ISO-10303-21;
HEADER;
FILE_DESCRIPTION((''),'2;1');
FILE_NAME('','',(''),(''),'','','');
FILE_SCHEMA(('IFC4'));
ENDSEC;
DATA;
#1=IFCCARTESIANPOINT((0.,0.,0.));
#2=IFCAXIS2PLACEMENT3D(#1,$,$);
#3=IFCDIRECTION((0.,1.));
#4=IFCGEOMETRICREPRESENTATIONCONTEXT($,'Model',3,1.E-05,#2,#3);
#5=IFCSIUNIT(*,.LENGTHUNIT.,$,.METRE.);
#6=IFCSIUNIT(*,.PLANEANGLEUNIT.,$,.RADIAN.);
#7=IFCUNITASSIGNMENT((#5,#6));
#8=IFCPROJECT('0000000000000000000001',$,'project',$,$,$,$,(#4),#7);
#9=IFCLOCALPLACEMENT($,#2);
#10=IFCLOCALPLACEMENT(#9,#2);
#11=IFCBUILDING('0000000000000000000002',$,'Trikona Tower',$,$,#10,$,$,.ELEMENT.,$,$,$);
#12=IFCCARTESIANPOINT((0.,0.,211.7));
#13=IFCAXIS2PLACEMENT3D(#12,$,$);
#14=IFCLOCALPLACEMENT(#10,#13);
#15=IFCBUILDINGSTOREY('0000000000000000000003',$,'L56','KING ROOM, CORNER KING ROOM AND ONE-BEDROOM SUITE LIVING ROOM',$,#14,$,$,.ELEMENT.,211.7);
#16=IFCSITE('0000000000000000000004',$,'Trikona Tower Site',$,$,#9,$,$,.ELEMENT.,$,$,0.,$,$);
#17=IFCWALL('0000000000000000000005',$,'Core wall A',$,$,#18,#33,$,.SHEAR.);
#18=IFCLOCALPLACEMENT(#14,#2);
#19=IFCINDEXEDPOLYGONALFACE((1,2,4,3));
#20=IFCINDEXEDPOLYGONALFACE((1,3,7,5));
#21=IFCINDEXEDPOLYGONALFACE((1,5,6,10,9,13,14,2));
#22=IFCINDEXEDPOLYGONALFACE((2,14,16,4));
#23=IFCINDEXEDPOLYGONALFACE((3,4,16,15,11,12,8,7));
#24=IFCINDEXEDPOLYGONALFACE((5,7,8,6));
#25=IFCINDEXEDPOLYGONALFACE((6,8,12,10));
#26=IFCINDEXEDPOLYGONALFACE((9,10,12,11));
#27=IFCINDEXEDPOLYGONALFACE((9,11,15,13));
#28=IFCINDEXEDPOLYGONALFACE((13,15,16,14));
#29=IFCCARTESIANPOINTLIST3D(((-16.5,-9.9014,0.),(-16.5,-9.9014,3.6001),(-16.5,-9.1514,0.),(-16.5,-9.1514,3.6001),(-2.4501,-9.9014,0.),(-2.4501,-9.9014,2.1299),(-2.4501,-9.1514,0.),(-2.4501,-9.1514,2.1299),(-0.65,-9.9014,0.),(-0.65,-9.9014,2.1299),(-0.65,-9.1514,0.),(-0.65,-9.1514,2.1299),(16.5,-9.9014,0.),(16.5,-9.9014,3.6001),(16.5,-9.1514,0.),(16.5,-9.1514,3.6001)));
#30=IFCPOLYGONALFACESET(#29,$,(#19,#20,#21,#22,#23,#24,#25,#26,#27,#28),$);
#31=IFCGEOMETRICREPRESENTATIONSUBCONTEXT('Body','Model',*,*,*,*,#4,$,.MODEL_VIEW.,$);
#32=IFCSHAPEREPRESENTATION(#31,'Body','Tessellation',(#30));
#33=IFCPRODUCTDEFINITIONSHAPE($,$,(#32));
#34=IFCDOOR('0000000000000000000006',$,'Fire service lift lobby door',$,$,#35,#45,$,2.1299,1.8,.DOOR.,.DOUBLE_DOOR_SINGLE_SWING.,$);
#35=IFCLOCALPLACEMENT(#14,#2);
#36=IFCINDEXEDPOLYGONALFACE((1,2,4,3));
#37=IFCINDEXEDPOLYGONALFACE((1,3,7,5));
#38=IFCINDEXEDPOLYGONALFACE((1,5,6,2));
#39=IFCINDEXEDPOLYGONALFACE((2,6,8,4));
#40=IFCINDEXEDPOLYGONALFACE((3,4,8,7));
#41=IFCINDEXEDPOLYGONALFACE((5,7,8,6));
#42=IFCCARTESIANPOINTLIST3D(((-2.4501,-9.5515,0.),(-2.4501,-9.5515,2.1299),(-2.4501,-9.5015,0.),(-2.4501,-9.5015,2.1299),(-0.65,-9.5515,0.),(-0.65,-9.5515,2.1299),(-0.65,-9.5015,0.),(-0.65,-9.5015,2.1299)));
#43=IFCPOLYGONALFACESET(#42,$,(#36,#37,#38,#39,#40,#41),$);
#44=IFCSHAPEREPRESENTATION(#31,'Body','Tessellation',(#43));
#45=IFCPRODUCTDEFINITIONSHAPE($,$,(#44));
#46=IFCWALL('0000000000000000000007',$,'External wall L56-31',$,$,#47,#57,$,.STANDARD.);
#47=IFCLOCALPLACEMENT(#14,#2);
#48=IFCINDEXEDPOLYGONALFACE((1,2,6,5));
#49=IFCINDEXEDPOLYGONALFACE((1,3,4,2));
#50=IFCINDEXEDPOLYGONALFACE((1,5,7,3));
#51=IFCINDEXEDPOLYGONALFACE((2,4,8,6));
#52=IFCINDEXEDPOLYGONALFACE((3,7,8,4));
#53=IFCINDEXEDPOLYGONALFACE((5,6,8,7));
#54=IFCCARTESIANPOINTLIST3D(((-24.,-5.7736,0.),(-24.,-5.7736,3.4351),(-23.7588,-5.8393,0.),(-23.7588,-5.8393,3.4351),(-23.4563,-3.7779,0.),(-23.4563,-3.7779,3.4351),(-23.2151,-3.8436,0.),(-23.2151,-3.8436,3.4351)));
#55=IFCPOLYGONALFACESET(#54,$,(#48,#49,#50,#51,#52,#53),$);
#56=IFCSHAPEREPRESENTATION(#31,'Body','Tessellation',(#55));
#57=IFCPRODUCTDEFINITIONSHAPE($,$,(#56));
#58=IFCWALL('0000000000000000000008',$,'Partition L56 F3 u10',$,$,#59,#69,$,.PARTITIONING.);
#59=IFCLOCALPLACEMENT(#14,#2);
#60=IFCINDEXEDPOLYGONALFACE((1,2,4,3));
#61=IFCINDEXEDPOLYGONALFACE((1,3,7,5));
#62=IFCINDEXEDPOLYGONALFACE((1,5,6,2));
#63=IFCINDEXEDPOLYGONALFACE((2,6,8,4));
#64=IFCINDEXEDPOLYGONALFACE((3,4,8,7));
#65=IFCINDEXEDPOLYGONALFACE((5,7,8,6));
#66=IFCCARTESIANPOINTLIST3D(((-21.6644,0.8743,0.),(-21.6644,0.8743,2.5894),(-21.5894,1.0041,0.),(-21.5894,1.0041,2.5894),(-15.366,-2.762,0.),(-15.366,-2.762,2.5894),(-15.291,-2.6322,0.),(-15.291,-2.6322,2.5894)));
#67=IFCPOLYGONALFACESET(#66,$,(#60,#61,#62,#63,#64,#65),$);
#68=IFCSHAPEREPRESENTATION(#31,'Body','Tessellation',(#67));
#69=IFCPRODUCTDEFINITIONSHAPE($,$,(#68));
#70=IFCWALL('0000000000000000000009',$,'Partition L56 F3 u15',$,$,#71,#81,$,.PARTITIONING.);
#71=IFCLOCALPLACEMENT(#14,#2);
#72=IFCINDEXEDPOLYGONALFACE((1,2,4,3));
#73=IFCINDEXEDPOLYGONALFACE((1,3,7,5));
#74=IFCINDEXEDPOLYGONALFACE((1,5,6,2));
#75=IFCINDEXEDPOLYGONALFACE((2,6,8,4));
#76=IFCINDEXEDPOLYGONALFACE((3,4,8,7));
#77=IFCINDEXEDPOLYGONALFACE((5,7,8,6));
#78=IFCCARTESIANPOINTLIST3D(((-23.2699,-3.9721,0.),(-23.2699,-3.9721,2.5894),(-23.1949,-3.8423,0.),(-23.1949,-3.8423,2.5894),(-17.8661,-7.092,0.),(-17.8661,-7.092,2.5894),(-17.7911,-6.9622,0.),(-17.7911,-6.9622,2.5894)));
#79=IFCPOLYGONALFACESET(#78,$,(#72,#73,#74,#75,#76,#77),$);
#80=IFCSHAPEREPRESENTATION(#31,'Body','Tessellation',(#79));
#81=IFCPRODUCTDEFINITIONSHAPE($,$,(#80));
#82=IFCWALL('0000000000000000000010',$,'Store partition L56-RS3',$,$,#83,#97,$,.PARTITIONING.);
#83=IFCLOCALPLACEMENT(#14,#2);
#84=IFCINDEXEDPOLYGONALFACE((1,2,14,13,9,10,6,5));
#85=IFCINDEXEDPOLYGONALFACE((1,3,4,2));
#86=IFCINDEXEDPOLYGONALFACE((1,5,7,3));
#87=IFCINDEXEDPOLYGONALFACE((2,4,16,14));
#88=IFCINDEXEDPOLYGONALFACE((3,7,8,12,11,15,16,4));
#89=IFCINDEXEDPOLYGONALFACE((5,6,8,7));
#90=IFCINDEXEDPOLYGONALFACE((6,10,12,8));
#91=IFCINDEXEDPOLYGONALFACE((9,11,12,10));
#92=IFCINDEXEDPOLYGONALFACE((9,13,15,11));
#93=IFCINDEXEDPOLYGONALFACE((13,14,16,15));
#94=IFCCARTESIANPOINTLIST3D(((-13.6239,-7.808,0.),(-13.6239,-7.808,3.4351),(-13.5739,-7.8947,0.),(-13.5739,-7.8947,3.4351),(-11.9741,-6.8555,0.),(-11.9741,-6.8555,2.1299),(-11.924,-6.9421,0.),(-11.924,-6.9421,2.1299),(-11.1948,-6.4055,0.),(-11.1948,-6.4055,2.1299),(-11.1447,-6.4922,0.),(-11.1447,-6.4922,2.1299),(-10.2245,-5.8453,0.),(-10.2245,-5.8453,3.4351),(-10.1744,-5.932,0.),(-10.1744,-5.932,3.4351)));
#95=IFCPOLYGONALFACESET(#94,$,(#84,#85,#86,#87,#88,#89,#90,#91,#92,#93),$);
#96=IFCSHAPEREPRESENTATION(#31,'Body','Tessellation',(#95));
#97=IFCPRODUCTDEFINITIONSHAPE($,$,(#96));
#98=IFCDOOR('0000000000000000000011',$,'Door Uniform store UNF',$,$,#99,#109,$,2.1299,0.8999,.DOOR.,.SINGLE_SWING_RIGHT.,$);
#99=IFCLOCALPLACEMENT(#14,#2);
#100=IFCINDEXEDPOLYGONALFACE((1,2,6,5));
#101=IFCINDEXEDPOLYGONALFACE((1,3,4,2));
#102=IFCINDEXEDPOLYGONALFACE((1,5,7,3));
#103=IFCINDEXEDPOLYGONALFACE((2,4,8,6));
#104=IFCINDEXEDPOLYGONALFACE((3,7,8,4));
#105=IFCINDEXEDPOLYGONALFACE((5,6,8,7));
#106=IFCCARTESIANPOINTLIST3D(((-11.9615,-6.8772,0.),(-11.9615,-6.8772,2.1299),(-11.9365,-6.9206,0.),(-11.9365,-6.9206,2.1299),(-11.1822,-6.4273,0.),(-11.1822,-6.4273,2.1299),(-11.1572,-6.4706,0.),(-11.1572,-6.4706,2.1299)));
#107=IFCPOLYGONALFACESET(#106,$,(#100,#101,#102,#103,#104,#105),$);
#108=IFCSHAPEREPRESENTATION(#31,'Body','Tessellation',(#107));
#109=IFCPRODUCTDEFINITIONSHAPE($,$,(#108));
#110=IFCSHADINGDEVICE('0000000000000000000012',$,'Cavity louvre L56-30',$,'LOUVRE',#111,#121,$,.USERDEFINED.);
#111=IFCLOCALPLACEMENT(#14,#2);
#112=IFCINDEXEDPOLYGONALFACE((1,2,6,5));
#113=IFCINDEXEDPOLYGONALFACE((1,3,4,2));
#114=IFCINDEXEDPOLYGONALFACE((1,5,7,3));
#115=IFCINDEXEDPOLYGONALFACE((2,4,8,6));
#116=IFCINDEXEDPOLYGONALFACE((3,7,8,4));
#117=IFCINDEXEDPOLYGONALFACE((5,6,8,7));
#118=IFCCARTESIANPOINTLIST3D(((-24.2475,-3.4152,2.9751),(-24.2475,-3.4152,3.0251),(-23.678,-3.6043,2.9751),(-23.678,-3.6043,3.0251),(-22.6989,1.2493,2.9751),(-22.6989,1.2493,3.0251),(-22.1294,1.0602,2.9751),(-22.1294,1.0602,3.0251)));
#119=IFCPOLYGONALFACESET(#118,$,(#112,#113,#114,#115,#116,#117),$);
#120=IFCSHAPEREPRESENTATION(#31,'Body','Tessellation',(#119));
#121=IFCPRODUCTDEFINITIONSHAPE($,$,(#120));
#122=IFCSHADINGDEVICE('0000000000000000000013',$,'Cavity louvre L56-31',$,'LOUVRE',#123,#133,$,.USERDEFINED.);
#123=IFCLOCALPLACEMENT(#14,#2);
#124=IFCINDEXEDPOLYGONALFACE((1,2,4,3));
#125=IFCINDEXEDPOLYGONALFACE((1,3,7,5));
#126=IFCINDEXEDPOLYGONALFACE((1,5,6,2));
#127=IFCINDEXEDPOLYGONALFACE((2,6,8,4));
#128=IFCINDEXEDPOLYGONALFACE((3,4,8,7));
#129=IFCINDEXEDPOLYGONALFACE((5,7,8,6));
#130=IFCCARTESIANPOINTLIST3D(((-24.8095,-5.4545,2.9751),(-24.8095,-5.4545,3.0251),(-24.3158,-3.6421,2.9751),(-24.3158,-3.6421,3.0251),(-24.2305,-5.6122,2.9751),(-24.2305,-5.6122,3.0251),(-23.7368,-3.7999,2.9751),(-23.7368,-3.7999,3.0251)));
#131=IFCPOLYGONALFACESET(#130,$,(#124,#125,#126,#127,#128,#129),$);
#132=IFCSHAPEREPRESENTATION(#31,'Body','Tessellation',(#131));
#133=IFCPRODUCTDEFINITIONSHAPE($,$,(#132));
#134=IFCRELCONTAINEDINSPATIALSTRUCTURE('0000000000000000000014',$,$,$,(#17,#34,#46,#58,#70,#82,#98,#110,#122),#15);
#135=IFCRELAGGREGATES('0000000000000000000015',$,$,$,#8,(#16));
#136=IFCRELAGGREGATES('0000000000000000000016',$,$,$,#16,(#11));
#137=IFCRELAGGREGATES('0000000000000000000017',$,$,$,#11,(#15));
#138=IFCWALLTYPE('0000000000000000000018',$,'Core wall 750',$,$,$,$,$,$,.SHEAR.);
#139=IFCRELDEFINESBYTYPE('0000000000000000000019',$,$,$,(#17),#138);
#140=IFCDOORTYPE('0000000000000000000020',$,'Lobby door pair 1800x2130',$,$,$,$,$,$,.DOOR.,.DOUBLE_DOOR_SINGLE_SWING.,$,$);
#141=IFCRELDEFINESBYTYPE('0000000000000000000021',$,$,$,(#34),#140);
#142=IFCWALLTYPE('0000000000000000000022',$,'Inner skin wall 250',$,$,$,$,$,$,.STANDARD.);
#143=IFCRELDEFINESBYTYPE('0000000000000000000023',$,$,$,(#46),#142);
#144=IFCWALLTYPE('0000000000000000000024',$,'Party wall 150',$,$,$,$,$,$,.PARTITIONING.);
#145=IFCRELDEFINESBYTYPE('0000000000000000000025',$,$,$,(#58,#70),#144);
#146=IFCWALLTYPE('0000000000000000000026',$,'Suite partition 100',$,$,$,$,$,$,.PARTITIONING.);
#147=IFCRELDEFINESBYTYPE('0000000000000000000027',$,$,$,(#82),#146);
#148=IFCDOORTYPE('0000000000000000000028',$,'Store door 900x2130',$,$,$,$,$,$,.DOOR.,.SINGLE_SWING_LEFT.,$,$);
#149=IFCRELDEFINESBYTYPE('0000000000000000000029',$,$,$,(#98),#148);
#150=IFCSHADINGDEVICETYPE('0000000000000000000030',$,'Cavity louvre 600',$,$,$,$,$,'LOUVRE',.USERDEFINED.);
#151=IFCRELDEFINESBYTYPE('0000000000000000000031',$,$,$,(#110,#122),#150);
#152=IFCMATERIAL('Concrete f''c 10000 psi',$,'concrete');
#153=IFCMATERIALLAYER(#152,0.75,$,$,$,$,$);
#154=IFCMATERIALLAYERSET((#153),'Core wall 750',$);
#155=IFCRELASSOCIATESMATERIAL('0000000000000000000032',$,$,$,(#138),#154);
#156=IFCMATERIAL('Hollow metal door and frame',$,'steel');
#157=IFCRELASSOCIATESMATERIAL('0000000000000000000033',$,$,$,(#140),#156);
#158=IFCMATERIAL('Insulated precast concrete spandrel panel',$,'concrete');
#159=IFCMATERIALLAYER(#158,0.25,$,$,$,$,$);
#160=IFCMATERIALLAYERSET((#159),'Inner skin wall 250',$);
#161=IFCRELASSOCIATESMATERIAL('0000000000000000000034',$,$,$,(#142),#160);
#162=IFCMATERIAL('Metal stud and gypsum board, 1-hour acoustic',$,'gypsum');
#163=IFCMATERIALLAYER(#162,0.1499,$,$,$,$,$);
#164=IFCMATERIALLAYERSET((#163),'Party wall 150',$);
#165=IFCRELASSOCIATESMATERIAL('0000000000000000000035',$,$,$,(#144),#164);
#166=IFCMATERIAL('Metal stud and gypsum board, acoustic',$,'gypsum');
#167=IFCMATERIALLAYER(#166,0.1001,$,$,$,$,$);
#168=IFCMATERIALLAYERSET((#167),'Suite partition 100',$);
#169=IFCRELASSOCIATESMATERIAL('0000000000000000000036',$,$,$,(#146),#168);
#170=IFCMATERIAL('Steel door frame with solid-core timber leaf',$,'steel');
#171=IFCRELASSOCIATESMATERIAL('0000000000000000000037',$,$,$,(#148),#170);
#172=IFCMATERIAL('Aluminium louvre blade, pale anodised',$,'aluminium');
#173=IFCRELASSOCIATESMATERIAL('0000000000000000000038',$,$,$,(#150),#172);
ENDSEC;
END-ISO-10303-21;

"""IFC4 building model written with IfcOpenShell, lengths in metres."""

from ifc_helpers import new_model, si_unit, direction, frame, frame_2d, origin, origin_2d, place, context, subcontext, project, spatial, rectangle, extrude, material, layer, layer_set, type_object, element, fill, save


model = new_model("IFC4")

# Units and contexts
model_context = context("Model", 3, precision=1e-05, world=origin(), true_north=direction((0.0, 1.0)))
body_context = subcontext(model_context, "Body", "Model", "MODEL_VIEW")
ifc_project = project(units=[si_unit("LENGTHUNIT", "METRE"), si_unit("PLANEANGLEUNIT", "RADIAN")], contexts=[model_context])

# Site, building, storey
site_placement = place(None, origin())
site = spatial("IfcSite", under=ifc_project, at=site_placement, Name="Trikona Tower Site", CompositionType="ELEMENT", RefElevation=0.0)
building_placement = place(site_placement, origin())
building = spatial("IfcBuilding", under=site, at=building_placement, Name="Trikona Tower", CompositionType="ELEMENT")
storey_placement = place(building_placement, frame((0.0, 0.0, 211.7)))
storey = spatial("IfcBuildingStorey", under=building, at=storey_placement, Name="L56", Description="KING ROOM, CORNER KING ROOM AND ONE-BEDROOM SUITE LIVING ROOM", CompositionType="ELEMENT", Elevation=211.7)

# Wall, opening, door
ifc_material_1 = material(Name="Concrete f'c 10000 psi", Category="concrete")
ifc_layer_1 = layer(ifc_material_1, 0.75)
ifc_layer_set_1 = layer_set([ifc_layer_1], Name="Core wall 750")
wall_type_1 = type_object("IfcWallType", Name="Core wall 750", PredefinedType="SHEAR", material=ifc_layer_set_1)
wall_1_placement = place(storey_placement, frame((-16.5, -9.5264, 0.0), z_axis=(0.0, 0.0, 1.0), x_axis=(1.0, 0.0, 0.0)))
wall_1 = element("IfcWall", 1, at=wall_1_placement, inside=storey, type_object=wall_type_1, Name="Core wall A", PredefinedType="SHEAR", context=body_context, shape_type="SweptSolid", body=[
    extrude(rectangle(XDim=33.0, YDim=0.75, at=frame_2d((16.5, 0.0))), origin(), (0.0, 0.0, 1.0), 3.6001),
])
opening_1_placement = place(wall_1_placement, frame((14.05, 0.0, 0.0)))
opening_1 = element("IfcOpeningElement", 2, at=opening_1_placement, cuts=wall_1, PredefinedType="OPENING", context=body_context, shape_type="SweptSolid", body=[
    extrude(rectangle(XDim=1.8, YDim=2.1299, at=frame_2d((0.8999, 1.0649))), frame((0.0, 0.385, 0.0), z_axis=(0.0, -1.0, 0.0), x_axis=(1.0, 0.0, 0.0)), (0.0, 0.0, 1.0), 0.77),
])
ifc_material_2 = material(Name="Hollow metal door and frame", Category="steel")
door_type_1 = type_object("IfcDoorType", Name="Lobby door pair 1800x2130", OperationType="DOUBLE_DOOR_SINGLE_SWING", PredefinedType="DOOR", material=ifc_material_2)
door_1_placement = place(opening_1_placement, origin())
door_1 = element("IfcDoor", 3, at=door_1_placement, inside=storey, type_object=door_type_1, Name="Fire service lift lobby door", OperationType="DOUBLE_DOOR_SINGLE_SWING", OverallHeight=2.1299, OverallWidth=1.8, PredefinedType="DOOR", context=body_context, shape_type="SweptSolid", body=[
    extrude(rectangle(XDim=1.8, YDim=2.1299, at=frame_2d((0.8999, 1.0649))), frame((0.0, 0.0249, 0.0), z_axis=(0.0, -1.0, 0.0), x_axis=(1.0, 0.0, 0.0)), (0.0, 0.0, 1.0), 0.05),
])
fill(opening_1, door_1)

# Walls
ifc_material_3 = material(Name="Insulated precast concrete spandrel panel", Category="concrete")
ifc_layer_2 = layer(ifc_material_3, 0.25)
ifc_layer_set_2 = layer_set([ifc_layer_2], Name="Inner skin wall 250")
wall_type_2 = type_object("IfcWallType", Name="Inner skin wall 250", PredefinedType="STANDARD", material=ifc_layer_set_2)
wall_2_placement = place(storey_placement, frame((-23.3357, -3.8108, 0.0), z_axis=(0.0, 0.0, 1.0), x_axis=(-0.262868, -0.964832, 0.0)))
element("IfcWall", 4, at=wall_2_placement, inside=storey, type_object=wall_type_2, Name="External wall L56-31", PredefinedType="STANDARD", context=body_context, shape_type="SweptSolid", body=[
    extrude(rectangle(XDim=2.0684, YDim=0.25, at=frame_2d((1.0342, 0.0))), origin(), (0.0, 0.0, 1.0), 3.4351),
])
ifc_material_4 = material(Name="Metal stud and gypsum board, 1-hour acoustic", Category="gypsum")
ifc_layer_3 = layer(ifc_material_4, 0.1499)
ifc_layer_set_3 = layer_set([ifc_layer_3], Name="Party wall 150")
wall_type_3 = type_object("IfcWallType", Name="Party wall 150", PredefinedType="PARTITIONING", material=ifc_layer_set_3)
wall_3_placement = place(storey_placement, frame((-15.3286, -2.697, 0.0), z_axis=(0.0, 0.0, 1.0), x_axis=(-0.866032, 0.499988, 0.0)))
element("IfcWall", 5, at=wall_3_placement, inside=storey, type_object=wall_type_3, Name="Partition L56 F3 u10", PredefinedType="PARTITIONING", context=body_context, shape_type="SweptSolid", body=[
    extrude(rectangle(XDim=7.2727, YDim=0.1499, at=frame_2d((3.6362, 0.0))), origin(), (0.0, 0.0, 1.0), 2.5894),
])
wall_4_placement = place(storey_placement, frame((-17.8286, -7.0271, 0.0), z_axis=(0.0, 0.0, 1.0), x_axis=(-0.866027, 0.499998, 0.0)))
element("IfcWall", 6, at=wall_4_placement, inside=storey, type_object=wall_type_3, Name="Partition L56 F3 u15", PredefinedType="PARTITIONING", context=body_context, shape_type="SweptSolid", body=[
    extrude(rectangle(XDim=6.2397, YDim=0.1499, at=frame_2d((3.1199, 0.0))), origin(), (0.0, 0.0, 1.0), 2.5894),
])

# Wall, opening, door
ifc_material_5 = material(Name="Metal stud and gypsum board, acoustic", Category="gypsum")
ifc_layer_4 = layer(ifc_material_5, 0.1001)
ifc_layer_set_4 = layer_set([ifc_layer_4], Name="Suite partition 100")
wall_type_4 = type_object("IfcWallType", Name="Suite partition 100", PredefinedType="PARTITIONING", material=ifc_layer_set_4)
wall_5_placement = place(storey_placement, frame((-13.5989, -7.8513, 0.0), z_axis=(0.0, 0.0, 1.0), x_axis=(0.866026, 0.499999, 0.0)))
wall_5 = element("IfcWall", 7, at=wall_5_placement, inside=storey, type_object=wall_type_4, Name="Store partition L56-RS3", PredefinedType="PARTITIONING", context=body_context, shape_type="SweptSolid", body=[
    extrude(rectangle(XDim=3.9253, YDim=0.1001, at=frame_2d((1.9626, 0.0))), origin(), (0.0, 0.0, 1.0), 3.4351),
])
opening_2_placement = place(wall_5_placement, frame((1.905, 0.0, 0.0)))
opening_2 = element("IfcOpeningElement", 8, at=opening_2_placement, cuts=wall_5, PredefinedType="OPENING", context=body_context, shape_type="SweptSolid", body=[
    extrude(rectangle(XDim=0.8999, YDim=2.1299, at=frame_2d((0.45, 1.0649))), frame((0.0, 0.0601, 0.0), z_axis=(0.0, -1.0, 0.0), x_axis=(1.0, 0.0, 0.0)), (0.0, 0.0, 1.0), 0.1201),
])
ifc_material_6 = material(Name="Steel door frame with solid-core timber leaf", Category="steel")
door_type_2 = type_object("IfcDoorType", Name="Store door 900x2130", OperationType="SINGLE_SWING_LEFT", PredefinedType="DOOR", material=ifc_material_6)
door_2_placement = place(opening_2_placement, origin())
door_2 = element("IfcDoor", 9, at=door_2_placement, inside=storey, type_object=door_type_2, Name="Door Uniform store UNF", OperationType="SINGLE_SWING_RIGHT", OverallHeight=2.1299, OverallWidth=0.8999, PredefinedType="DOOR", context=body_context, shape_type="SweptSolid", body=[
    extrude(rectangle(XDim=0.8999, YDim=2.1299, at=frame_2d((0.45, 1.0649))), frame((0.0, 0.0249, 0.0), z_axis=(0.0, -1.0, 0.0), x_axis=(1.0, 0.0, 0.0)), (0.0, 0.0, 1.0), 0.05),
])
fill(opening_2, door_2)

# Shading devices
ifc_material_7 = material(Name="Aluminium louvre blade, pale anodised", Category="aluminium")
shading_device_type = type_object("IfcShadingDeviceType", Name="Cavity louvre 600", ElementType="LOUVRE", PredefinedType="USERDEFINED", material=ifc_material_7)
shading_device_1_placement = place(storey_placement, frame((-23.1885, -1.1775, 2.9751), z_axis=(0.0, 0.0, 1.0), x_axis=(-0.315093, -0.949061, 0.0)))
element("IfcShadingDevice", 10, at=shading_device_1_placement, inside=storey, type_object=shading_device_type, Name="Cavity louvre L56-30", ObjectType="LOUVRE", PredefinedType="USERDEFINED", context=body_context, shape_type="SweptSolid", body=[
    extrude(rectangle(XDim=4.9148, YDim=0.6001, at=origin_2d()), origin(), (0.0, 0.0, 1.0), 0.05),
])
shading_device_2_placement = place(storey_placement, frame((-24.2732, -4.6272, 2.9751), z_axis=(0.0, 0.0, 1.0), x_axis=(-0.262822, -0.964844, 0.0)))
element("IfcShadingDevice", 11, at=shading_device_2_placement, inside=storey, type_object=shading_device_type, Name="Cavity louvre L56-31", ObjectType="LOUVRE", PredefinedType="USERDEFINED", context=body_context, shape_type="SweptSolid", body=[
    extrude(rectangle(XDim=1.8784, YDim=0.6001, at=origin_2d()), origin(), (0.0, 0.0, 1.0), 0.05),
])

save(model, "model.ifc")
